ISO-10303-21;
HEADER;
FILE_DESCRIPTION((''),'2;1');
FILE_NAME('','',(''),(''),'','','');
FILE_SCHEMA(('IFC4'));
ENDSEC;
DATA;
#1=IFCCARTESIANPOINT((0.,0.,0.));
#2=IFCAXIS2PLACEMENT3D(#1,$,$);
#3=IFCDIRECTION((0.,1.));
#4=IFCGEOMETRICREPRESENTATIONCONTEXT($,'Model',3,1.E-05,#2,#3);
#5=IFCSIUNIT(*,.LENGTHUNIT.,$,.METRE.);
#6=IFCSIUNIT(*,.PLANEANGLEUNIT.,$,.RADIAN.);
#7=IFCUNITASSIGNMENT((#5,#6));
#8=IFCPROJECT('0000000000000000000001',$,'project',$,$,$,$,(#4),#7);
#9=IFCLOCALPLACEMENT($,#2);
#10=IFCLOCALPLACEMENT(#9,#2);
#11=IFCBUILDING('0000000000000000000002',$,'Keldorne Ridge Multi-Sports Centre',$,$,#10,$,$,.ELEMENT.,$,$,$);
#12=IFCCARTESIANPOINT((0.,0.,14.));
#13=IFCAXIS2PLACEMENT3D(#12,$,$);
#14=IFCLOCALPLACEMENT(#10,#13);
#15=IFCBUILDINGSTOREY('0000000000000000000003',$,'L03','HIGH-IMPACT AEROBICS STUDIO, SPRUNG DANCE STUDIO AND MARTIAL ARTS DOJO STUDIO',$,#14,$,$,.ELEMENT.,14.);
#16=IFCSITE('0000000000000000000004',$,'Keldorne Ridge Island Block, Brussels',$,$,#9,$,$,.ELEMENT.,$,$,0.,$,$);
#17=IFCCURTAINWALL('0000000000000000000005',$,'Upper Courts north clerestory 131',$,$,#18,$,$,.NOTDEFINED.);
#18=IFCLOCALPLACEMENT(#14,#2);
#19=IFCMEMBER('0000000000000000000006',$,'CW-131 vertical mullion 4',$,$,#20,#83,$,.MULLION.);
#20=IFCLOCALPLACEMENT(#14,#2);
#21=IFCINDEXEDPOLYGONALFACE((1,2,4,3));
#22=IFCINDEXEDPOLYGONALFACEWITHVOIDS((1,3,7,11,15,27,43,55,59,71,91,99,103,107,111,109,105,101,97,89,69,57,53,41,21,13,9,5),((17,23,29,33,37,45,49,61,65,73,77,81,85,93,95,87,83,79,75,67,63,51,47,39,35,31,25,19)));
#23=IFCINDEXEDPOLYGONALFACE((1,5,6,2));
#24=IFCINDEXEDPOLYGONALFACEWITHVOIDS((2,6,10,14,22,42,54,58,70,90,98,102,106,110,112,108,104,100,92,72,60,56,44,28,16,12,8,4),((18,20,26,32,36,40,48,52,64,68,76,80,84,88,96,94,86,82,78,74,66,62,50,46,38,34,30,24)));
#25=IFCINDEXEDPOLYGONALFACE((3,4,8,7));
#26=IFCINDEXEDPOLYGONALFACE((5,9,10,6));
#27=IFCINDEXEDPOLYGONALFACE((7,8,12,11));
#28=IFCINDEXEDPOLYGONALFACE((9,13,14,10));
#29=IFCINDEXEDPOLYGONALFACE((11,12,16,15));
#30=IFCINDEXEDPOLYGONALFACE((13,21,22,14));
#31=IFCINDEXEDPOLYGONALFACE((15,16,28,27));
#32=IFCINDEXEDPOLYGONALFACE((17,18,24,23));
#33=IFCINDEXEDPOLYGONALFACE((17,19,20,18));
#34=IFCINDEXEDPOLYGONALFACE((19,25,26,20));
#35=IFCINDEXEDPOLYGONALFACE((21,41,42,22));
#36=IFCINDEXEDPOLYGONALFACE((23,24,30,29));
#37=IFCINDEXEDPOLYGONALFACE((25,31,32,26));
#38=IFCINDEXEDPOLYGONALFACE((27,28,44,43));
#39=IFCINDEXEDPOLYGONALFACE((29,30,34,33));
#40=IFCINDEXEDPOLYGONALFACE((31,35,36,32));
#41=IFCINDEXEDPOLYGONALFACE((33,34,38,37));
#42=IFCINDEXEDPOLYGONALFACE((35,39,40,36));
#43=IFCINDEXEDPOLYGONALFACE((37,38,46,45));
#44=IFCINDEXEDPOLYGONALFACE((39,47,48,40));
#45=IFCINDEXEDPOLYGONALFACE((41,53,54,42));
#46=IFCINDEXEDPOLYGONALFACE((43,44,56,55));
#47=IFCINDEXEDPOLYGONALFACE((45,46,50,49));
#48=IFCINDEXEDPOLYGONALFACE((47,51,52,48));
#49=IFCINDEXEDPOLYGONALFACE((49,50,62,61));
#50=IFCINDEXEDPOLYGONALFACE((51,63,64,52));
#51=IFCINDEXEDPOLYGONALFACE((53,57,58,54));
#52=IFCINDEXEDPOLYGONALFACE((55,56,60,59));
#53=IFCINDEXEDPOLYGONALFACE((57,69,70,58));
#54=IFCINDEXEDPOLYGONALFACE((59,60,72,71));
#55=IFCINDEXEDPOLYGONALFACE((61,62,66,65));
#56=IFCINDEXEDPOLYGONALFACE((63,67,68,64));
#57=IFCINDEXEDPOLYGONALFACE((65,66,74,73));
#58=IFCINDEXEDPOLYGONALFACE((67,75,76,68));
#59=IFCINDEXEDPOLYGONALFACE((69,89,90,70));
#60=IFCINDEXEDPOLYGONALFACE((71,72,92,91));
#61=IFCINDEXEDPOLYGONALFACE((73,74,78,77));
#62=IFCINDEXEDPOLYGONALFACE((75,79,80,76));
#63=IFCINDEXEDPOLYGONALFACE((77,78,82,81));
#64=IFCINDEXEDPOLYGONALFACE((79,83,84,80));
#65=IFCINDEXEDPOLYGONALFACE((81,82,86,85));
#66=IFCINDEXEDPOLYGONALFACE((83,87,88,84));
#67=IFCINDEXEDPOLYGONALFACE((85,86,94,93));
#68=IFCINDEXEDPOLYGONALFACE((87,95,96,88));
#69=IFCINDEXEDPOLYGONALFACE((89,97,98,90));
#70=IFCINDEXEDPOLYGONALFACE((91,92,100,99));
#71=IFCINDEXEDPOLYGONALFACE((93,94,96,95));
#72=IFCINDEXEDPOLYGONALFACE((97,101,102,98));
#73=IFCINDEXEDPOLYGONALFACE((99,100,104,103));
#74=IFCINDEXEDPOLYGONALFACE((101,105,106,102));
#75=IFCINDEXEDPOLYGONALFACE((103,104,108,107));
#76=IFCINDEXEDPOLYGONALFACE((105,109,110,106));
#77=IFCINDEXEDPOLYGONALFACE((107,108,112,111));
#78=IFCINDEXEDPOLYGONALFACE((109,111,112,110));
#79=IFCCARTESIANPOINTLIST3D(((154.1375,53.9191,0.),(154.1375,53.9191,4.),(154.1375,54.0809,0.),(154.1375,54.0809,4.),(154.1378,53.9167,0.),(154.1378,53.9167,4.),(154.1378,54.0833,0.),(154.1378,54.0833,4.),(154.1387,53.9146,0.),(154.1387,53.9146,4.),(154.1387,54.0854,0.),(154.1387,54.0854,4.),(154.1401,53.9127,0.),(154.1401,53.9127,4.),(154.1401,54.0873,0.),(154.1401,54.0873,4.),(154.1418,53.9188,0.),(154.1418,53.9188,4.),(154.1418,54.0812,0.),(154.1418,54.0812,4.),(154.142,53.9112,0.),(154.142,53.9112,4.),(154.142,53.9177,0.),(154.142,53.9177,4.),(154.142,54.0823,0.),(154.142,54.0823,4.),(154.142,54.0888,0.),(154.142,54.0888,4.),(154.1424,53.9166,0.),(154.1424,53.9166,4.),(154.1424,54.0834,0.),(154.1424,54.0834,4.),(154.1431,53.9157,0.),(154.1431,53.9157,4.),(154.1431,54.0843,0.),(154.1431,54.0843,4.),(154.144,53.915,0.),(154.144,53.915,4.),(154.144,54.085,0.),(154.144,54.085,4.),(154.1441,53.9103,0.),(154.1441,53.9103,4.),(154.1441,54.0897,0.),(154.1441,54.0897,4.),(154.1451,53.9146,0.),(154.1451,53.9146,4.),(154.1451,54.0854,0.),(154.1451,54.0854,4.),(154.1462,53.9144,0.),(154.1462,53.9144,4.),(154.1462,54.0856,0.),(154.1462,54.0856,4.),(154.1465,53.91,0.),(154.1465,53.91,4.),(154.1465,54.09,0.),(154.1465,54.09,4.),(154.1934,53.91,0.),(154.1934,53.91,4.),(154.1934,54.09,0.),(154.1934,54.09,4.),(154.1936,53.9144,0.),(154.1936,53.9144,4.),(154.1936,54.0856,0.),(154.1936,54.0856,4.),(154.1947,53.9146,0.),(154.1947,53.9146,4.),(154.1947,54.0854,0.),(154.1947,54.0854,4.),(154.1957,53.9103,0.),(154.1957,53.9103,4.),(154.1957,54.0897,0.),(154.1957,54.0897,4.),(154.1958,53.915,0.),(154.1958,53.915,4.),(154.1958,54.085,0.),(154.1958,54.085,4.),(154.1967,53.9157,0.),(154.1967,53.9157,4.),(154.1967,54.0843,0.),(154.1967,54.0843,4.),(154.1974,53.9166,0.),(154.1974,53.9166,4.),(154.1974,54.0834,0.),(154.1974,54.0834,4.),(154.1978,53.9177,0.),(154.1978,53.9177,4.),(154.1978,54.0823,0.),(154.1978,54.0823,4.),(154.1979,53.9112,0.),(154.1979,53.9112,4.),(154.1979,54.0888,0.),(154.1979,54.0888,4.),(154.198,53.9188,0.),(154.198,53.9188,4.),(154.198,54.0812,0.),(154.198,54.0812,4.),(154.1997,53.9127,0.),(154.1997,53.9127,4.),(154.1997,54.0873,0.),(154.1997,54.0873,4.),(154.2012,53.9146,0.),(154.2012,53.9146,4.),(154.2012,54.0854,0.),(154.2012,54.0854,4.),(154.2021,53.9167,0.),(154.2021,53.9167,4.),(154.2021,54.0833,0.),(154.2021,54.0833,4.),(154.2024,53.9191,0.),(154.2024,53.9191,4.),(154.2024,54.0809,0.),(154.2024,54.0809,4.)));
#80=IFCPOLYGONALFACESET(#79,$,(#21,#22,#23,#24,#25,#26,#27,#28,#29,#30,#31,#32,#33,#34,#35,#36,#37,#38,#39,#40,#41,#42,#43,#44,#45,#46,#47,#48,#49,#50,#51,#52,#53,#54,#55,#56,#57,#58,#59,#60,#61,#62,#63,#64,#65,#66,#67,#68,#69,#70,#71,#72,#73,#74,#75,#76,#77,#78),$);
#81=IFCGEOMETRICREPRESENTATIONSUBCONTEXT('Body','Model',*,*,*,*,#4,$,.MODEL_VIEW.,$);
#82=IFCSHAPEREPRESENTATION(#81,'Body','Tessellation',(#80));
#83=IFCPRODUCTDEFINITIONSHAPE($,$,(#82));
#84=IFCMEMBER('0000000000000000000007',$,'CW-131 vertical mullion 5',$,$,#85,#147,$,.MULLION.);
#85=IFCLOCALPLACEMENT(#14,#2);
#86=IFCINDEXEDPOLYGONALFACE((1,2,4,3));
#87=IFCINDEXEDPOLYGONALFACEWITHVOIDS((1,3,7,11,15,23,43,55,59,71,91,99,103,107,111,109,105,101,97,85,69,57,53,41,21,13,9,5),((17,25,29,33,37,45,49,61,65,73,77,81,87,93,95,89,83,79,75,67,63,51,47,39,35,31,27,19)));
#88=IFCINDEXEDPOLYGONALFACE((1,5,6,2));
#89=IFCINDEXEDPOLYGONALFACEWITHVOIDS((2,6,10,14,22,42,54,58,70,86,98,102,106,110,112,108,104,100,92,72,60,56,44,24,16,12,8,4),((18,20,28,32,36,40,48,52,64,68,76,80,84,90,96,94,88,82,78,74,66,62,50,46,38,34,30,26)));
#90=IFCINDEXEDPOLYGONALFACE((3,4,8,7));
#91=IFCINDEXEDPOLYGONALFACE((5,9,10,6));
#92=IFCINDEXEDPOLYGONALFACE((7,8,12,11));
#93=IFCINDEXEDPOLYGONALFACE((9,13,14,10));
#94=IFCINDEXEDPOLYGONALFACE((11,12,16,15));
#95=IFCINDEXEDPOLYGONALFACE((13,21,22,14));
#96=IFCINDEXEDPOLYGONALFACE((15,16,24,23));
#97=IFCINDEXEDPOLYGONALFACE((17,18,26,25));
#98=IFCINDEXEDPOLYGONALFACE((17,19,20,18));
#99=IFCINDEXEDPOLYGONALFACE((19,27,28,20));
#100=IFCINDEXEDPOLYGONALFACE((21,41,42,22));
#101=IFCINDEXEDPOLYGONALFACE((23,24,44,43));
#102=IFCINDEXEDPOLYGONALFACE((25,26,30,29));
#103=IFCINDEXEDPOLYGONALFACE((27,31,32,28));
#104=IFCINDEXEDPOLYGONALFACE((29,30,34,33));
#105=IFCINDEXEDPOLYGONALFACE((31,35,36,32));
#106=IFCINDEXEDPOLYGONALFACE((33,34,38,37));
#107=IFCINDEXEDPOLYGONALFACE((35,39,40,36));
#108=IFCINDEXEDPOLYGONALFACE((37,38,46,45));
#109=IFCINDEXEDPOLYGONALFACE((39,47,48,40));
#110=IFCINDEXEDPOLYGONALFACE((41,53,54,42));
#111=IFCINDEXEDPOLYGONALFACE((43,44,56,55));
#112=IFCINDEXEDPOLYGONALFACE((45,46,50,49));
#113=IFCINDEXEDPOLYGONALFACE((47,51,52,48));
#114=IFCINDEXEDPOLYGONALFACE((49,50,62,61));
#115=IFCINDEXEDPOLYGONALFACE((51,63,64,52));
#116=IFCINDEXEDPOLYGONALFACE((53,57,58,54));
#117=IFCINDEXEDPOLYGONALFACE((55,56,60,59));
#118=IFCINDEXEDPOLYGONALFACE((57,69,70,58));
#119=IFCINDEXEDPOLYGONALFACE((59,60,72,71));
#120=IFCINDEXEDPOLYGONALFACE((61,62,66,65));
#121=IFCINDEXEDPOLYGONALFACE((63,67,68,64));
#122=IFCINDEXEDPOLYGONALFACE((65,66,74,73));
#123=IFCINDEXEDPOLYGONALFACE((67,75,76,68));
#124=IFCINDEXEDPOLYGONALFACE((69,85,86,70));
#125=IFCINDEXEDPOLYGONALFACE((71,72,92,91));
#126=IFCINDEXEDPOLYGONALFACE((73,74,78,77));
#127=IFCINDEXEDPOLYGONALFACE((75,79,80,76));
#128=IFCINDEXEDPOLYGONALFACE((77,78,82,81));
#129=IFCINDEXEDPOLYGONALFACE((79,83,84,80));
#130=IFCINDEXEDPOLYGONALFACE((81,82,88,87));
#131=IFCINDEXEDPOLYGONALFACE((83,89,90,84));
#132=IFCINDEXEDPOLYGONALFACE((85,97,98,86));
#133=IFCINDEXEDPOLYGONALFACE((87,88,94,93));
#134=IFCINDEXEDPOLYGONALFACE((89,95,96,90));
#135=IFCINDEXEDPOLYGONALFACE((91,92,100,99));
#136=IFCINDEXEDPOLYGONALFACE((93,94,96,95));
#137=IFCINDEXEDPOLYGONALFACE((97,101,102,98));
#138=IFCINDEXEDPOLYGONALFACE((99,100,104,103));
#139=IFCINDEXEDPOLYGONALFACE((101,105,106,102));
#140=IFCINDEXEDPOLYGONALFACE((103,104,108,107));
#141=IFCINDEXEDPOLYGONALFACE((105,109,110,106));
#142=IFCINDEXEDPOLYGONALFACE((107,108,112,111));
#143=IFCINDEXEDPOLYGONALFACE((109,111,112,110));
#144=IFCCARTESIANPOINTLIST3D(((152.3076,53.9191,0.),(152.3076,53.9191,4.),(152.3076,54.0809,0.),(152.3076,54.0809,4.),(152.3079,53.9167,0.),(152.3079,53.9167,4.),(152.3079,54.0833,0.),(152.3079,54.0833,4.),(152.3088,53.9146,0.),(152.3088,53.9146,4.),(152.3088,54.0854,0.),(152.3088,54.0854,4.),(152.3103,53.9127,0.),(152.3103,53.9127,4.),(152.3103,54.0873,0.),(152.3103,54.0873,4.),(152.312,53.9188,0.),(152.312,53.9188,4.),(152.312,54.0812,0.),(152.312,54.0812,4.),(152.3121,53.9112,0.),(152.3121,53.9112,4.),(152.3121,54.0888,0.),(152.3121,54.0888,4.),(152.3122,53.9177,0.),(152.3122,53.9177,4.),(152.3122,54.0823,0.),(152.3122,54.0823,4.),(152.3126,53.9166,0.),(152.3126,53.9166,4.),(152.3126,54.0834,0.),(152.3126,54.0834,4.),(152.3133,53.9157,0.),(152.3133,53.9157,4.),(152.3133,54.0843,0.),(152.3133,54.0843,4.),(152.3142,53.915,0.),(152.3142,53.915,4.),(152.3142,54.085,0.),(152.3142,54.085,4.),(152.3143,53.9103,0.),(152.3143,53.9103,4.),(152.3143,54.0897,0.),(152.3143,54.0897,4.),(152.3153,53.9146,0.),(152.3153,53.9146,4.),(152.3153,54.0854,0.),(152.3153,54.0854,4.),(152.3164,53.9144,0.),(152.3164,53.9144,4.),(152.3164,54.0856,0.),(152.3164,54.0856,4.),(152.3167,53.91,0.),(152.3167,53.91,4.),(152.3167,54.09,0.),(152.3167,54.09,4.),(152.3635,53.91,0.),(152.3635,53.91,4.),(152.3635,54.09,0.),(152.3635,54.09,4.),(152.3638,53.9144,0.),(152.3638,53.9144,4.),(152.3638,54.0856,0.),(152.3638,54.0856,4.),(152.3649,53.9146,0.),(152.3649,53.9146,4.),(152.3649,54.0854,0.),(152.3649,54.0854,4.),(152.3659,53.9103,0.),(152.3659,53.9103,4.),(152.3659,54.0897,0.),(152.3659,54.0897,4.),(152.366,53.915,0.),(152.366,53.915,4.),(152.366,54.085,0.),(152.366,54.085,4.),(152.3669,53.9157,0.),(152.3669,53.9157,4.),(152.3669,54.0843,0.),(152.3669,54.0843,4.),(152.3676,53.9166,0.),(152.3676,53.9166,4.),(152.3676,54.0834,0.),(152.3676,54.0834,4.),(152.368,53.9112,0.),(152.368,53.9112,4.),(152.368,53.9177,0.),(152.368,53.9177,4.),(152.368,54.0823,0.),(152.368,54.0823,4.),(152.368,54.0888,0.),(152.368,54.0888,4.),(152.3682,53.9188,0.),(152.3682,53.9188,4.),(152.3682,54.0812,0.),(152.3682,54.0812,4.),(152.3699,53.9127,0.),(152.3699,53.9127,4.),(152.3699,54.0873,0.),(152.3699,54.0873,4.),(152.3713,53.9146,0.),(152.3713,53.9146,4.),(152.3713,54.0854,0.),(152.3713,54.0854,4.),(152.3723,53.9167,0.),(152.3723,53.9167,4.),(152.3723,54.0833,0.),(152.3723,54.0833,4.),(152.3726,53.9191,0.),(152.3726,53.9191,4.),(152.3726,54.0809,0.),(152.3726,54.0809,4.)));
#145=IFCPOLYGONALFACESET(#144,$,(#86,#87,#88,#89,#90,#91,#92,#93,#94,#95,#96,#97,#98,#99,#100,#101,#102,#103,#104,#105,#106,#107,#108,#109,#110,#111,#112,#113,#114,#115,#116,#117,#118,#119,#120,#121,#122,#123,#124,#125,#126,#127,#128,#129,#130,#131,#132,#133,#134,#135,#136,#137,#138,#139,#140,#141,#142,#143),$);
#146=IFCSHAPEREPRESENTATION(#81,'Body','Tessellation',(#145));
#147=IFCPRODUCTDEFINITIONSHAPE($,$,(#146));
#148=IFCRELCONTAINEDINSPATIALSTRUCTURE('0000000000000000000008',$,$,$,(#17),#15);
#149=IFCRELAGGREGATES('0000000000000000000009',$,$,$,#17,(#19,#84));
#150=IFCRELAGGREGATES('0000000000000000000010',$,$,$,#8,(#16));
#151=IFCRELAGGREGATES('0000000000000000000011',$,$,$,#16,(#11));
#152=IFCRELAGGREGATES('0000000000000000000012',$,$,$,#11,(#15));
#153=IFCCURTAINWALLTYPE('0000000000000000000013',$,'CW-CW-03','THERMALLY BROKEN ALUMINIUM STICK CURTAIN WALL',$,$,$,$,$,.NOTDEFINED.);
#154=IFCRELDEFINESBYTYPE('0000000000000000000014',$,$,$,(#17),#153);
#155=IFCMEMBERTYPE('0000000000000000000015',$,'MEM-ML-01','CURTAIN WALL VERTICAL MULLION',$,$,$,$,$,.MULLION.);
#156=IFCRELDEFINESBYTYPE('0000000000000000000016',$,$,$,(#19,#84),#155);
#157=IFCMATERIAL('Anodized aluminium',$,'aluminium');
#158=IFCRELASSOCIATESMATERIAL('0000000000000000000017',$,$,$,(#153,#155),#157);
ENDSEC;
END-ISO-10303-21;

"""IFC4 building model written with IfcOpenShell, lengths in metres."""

from ifc_helpers import new_model, si_unit, direction, frame, origin, origin_2d, place, context, subcontext, project, spatial, hollow_rectangle, extrude, material, material_profile, profile_set, type_object, element, aggregate, save


model = new_model("IFC4")

# Units and contexts
model_context = context("Model", 3, precision=1e-05, world=origin(), true_north=direction((0.0, 1.0)))
body_context = subcontext(model_context, "Body", "Model", "MODEL_VIEW")
ifc_project = project(units=[si_unit("LENGTHUNIT", "METRE"), si_unit("PLANEANGLEUNIT", "RADIAN")], contexts=[model_context])

# Site, building, storey
site_placement = place(None, origin())
site = spatial("IfcSite", under=ifc_project, at=site_placement, Name="Keldorne Ridge Island Block, Brussels", CompositionType="ELEMENT", RefElevation=0.0)
building_placement = place(site_placement, origin())
building = spatial("IfcBuilding", under=site, at=building_placement, Name="Keldorne Ridge Multi-Sports Centre", CompositionType="ELEMENT")
storey_placement = place(building_placement, frame((0.0, 0.0, 14.0)))
storey = spatial("IfcBuildingStorey", under=building, at=storey_placement, Name="L03", Description="HIGH-IMPACT AEROBICS STUDIO, SPRUNG DANCE STUDIO AND MARTIAL ARTS DOJO STUDIO", CompositionType="ELEMENT", Elevation=14.0)

# Curtain wall, members
ifc_material_1 = material(Name="Anodized aluminium", Category="aluminium")
curtain_wall_type_1 = type_object("IfcCurtainWallType", Name="CW-CW-03", Description="THERMALLY BROKEN ALUMINIUM STICK CURTAIN WALL", PredefinedType="NOTDEFINED", material=ifc_material_1)
curtain_wall_1_placement = place(storey_placement, origin())
curtain_wall_1 = element("IfcCurtainWall", 1, at=curtain_wall_1_placement, inside=storey, type_object=curtain_wall_type_1, Name="Upper Courts north clerestory 131", PredefinedType="NOTDEFINED")
ifc_material_profile_1 = material_profile(ifc_material_1, hollow_rectangle(XDim=0.0649, YDim=0.1799, WallThickness=0.0044, InnerFilletRadius=0.0044, OuterFilletRadius=0.009, at=origin_2d()), Name="ALU MULLION 180x65x4.5")
ifc_profile_set_1 = profile_set([ifc_material_profile_1], Name="Anodized aluminium")
member_type_1 = type_object("IfcMemberType", Name="MEM-ML-01", Description="CURTAIN WALL VERTICAL MULLION", PredefinedType="MULLION", material=ifc_profile_set_1)
member_1_placement = place(storey_placement, frame((154.1699, 54.0, 0.0), z_axis=(0.0, 0.0, 1.0), x_axis=(1.0, 0.0, 0.0)))
member_1 = element("IfcMember", 2, at=member_1_placement, type_object=member_type_1, Name="CW-131 vertical mullion 4", PredefinedType="MULLION", context=body_context, shape_type="SweptSolid", body=[
    extrude(hollow_rectangle(XDim=0.0649, YDim=0.1799, WallThickness=0.0044, InnerFilletRadius=0.0044, OuterFilletRadius=0.009, at=origin_2d()), origin(), (0.0, 0.0, 1.0), 4.0),
])
member_2_placement = place(storey_placement, frame((152.3401, 54.0, 0.0), z_axis=(0.0, 0.0, 1.0), x_axis=(1.0, 0.0, 0.0)))
member_2 = element("IfcMember", 3, at=member_2_placement, type_object=member_type_1, Name="CW-131 vertical mullion 5", PredefinedType="MULLION", context=body_context, shape_type="SweptSolid", body=[
    extrude(hollow_rectangle(XDim=0.0649, YDim=0.1799, WallThickness=0.0044, InnerFilletRadius=0.0044, OuterFilletRadius=0.009, at=origin_2d()), origin(), (0.0, 0.0, 1.0), 4.0),
])

aggregate(curtain_wall_1, [member_1, member_2])

save(model, "model.ifc")
